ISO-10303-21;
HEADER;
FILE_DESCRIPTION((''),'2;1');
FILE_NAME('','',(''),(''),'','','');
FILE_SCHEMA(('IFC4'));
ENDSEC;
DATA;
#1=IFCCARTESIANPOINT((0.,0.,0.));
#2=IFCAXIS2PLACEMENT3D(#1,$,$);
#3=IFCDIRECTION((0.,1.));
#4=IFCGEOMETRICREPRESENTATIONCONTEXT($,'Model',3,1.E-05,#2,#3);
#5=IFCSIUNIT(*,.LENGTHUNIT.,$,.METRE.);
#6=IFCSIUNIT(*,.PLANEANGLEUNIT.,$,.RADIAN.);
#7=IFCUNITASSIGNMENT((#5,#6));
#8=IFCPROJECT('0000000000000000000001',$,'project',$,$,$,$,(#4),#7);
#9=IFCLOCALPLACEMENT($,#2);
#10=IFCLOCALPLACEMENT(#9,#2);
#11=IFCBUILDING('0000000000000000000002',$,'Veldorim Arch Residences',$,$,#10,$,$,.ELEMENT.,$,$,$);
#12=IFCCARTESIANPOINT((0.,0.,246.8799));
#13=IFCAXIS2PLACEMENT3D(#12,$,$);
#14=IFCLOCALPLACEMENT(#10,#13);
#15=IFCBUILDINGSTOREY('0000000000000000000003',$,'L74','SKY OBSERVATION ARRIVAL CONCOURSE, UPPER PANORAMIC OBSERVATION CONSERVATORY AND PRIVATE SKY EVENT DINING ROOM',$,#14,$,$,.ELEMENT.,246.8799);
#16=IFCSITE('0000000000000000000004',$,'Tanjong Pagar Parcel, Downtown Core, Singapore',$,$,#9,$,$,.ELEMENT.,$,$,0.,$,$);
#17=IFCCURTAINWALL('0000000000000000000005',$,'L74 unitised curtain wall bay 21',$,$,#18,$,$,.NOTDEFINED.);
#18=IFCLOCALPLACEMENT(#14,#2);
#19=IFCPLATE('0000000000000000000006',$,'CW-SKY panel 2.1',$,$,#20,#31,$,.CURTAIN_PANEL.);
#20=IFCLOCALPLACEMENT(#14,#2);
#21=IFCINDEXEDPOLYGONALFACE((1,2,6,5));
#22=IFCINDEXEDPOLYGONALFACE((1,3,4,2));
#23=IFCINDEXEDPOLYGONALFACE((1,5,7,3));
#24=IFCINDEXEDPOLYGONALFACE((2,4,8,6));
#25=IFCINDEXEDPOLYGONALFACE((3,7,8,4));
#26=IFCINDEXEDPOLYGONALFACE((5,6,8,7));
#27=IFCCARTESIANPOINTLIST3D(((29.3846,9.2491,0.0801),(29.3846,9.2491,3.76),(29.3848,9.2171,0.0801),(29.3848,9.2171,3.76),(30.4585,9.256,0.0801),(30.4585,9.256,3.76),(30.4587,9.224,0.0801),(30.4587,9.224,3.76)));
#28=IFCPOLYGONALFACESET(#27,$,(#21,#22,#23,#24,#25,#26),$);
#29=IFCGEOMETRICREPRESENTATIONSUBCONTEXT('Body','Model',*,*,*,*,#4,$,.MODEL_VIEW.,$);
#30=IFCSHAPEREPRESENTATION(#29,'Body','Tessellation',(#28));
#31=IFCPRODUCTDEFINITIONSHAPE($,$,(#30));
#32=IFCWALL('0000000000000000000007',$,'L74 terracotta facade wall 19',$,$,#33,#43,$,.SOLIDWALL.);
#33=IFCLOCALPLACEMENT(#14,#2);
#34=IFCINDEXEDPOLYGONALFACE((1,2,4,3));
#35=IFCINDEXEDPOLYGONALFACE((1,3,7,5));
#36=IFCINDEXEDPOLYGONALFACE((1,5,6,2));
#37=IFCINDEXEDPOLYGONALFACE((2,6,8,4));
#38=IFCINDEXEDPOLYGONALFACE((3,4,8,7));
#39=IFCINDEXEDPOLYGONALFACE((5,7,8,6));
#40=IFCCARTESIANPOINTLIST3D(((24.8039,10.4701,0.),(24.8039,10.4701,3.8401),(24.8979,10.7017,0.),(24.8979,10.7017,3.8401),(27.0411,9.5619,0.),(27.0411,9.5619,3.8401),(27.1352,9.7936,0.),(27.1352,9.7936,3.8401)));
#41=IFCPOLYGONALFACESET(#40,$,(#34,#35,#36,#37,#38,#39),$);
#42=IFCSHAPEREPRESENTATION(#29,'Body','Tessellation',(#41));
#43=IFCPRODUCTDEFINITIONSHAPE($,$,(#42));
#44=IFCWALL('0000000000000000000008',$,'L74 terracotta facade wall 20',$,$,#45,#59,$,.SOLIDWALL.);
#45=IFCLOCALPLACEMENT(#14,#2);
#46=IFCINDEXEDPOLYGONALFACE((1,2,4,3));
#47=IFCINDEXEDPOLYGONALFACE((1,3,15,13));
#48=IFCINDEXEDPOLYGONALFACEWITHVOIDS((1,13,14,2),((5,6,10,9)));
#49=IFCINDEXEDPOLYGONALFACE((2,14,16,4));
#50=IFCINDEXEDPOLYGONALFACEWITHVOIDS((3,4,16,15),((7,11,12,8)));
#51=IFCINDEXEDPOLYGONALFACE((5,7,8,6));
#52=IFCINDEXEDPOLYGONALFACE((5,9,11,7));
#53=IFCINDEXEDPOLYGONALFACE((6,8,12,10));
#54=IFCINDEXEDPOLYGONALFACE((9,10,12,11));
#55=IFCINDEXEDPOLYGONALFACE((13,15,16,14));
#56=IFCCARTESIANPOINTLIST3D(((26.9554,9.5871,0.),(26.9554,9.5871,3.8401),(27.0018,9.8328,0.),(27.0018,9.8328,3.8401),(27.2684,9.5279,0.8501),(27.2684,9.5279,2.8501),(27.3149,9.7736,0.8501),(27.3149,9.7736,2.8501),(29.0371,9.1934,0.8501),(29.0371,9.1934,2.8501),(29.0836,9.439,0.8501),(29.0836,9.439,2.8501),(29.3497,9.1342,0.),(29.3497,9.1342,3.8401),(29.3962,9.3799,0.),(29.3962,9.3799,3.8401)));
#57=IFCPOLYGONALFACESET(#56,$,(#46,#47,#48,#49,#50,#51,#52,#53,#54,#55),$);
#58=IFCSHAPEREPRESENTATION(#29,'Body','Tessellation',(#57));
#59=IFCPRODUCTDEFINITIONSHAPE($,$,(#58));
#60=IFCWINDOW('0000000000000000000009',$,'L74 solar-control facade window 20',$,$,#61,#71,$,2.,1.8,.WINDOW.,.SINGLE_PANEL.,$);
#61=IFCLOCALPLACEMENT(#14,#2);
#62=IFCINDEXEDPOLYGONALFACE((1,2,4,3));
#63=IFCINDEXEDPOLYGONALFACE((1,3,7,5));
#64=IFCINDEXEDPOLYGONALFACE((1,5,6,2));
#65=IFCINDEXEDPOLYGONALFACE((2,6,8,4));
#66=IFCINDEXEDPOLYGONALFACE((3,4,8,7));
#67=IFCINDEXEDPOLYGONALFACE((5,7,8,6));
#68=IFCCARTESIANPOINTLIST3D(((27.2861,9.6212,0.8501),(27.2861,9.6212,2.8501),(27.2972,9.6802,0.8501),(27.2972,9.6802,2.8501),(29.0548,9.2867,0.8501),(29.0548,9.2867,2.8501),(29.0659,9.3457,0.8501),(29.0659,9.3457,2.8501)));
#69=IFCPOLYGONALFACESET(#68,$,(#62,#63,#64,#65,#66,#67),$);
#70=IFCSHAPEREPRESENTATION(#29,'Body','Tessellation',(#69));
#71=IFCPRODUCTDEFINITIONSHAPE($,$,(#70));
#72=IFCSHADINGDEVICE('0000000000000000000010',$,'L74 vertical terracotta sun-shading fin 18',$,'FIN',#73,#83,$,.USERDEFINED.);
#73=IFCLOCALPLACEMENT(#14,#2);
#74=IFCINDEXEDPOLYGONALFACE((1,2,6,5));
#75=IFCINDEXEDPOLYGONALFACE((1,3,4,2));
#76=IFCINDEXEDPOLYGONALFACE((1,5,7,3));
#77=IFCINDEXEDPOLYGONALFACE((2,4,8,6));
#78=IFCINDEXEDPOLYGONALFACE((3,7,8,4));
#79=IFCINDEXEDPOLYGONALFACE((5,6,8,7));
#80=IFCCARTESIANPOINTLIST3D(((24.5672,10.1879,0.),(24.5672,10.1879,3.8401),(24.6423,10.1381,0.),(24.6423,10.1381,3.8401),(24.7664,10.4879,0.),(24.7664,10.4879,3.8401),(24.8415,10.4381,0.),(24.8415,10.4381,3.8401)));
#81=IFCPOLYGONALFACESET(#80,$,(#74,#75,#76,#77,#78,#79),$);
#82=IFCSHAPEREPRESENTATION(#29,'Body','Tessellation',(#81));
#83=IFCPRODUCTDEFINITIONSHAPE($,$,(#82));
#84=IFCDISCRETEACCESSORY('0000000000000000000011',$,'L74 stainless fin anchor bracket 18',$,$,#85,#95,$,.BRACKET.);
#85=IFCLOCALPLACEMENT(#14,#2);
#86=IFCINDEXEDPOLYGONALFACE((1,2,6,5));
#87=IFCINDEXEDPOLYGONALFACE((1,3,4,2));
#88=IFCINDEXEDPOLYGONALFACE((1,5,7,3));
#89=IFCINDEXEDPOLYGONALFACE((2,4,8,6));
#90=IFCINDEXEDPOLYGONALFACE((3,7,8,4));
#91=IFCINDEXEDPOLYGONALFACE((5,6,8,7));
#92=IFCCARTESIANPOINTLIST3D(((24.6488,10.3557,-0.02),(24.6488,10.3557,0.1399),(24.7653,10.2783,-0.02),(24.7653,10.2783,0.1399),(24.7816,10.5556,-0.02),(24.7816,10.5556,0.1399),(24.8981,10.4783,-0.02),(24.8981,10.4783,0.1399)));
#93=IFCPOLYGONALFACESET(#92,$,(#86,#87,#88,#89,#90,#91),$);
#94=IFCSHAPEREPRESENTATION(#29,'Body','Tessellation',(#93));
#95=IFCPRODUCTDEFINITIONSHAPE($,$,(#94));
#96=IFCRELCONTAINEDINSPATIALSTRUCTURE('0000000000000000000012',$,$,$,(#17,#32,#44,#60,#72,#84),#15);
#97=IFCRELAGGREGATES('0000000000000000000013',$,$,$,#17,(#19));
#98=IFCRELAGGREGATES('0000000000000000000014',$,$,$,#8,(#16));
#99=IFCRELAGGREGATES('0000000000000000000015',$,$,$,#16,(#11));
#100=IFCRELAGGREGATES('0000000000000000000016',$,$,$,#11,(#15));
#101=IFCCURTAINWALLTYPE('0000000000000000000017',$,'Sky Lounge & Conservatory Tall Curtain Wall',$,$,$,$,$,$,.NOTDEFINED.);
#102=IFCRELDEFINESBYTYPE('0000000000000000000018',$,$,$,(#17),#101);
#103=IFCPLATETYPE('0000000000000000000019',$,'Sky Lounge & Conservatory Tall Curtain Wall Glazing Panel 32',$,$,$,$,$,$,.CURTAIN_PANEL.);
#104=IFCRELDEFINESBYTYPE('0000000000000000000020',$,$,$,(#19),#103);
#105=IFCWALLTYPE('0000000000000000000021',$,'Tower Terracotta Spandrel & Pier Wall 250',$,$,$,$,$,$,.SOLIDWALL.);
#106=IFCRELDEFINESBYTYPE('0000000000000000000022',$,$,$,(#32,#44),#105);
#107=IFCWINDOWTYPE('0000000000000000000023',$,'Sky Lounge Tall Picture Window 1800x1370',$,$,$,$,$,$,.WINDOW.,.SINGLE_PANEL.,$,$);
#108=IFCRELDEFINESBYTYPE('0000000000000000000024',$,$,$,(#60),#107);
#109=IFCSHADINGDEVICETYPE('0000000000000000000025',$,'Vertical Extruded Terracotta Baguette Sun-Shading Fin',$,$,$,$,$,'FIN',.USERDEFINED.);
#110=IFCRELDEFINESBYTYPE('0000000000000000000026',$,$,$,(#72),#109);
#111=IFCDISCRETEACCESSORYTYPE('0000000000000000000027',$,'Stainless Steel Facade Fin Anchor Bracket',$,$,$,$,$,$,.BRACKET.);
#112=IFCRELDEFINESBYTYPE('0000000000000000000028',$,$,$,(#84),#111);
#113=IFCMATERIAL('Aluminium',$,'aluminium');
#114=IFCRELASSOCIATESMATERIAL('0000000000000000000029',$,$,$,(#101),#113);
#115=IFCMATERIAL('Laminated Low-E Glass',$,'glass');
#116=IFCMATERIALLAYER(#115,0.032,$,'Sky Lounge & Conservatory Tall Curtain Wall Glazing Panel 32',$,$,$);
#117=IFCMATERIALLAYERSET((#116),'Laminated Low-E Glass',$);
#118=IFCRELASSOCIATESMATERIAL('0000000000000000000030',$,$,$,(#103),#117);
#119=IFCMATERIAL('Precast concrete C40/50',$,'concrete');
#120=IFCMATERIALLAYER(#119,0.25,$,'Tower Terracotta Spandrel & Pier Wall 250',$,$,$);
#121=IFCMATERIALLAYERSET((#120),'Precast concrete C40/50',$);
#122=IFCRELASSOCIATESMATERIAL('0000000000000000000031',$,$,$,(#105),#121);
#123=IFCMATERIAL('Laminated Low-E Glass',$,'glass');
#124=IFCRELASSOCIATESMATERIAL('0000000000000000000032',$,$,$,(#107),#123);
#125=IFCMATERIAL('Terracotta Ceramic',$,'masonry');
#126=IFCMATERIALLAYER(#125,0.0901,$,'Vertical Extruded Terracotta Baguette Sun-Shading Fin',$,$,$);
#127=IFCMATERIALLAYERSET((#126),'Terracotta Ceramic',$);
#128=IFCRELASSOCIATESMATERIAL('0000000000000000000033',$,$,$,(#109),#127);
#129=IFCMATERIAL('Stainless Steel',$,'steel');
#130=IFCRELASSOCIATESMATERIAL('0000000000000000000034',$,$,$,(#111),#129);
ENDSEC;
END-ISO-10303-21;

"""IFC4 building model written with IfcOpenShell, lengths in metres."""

from ifc_helpers import new_model, si_unit, direction, frame, frame_2d, origin, origin_2d, place, context, subcontext, project, spatial, rectangle, extrude, material, layer, layer_set, type_object, element, fill, aggregate, save


model = new_model("IFC4")

# Units and contexts
model_context = context("Model", 3, precision=1e-05, world=origin(), true_north=direction((0.0, 1.0)))
body_context = subcontext(model_context, "Body", "Model", "MODEL_VIEW")
ifc_project = project(units=[si_unit("LENGTHUNIT", "METRE"), si_unit("PLANEANGLEUNIT", "RADIAN")], contexts=[model_context])

# Site, building, storey
site_placement = place(None, origin())
site = spatial("IfcSite", under=ifc_project, at=site_placement, Name="Tanjong Pagar Parcel, Downtown Core, Singapore", CompositionType="ELEMENT", RefElevation=0.0)
building_placement = place(site_placement, origin())
building = spatial("IfcBuilding", under=site, at=building_placement, Name="Veldorim Arch Residences", CompositionType="ELEMENT")
storey_placement = place(building_placement, frame((0.0, 0.0, 246.8799)))
storey = spatial("IfcBuildingStorey", under=building, at=storey_placement, Name="L74", Description="SKY OBSERVATION ARRIVAL CONCOURSE, UPPER PANORAMIC OBSERVATION CONSERVATORY AND PRIVATE SKY EVENT DINING ROOM", CompositionType="ELEMENT", Elevation=246.8799)

# Shared definitions
ifc_material_1 = material(Name="Aluminium", Category="aluminium")
curtain_wall_type = type_object("IfcCurtainWallType", Name="Sky Lounge & Conservatory Tall Curtain Wall", PredefinedType="NOTDEFINED", material=ifc_material_1)

# Curtain wall
curtain_wall_1_placement = place(storey_placement, origin())
curtain_wall_1 = element("IfcCurtainWall", 1, at=curtain_wall_1_placement, inside=storey, type_object=curtain_wall_type, Name="L74 unitised curtain wall bay 21", PredefinedType="NOTDEFINED")

# Plate
ifc_material_2 = material(Name="Laminated Low-E Glass", Category="glass")
ifc_layer_1 = layer(ifc_material_2, 0.032, Name="Sky Lounge & Conservatory Tall Curtain Wall Glazing Panel 32")
ifc_layer_set_1 = layer_set([ifc_layer_1], Name="Laminated Low-E Glass")
plate_type = type_object("IfcPlateType", Name="Sky Lounge & Conservatory Tall Curtain Wall Glazing Panel 32", PredefinedType="CURTAIN_PANEL", material=ifc_layer_set_1)
plate_1_placement = place(storey_placement, frame((29.9216, 9.2366, 0.0801), z_axis=(0.0, 0.0, 1.0), x_axis=(-0.999979, -0.006407, 0.0)))
plate_1 = element("IfcPlate", 2, at=plate_1_placement, type_object=plate_type, Name="CW-SKY panel 2.1", PredefinedType="CURTAIN_PANEL", context=body_context, shape_type="SweptSolid", body=[
    extrude(rectangle(XDim=1.074, YDim=0.032, at=origin_2d()), origin(), (0.0, 0.0, 1.0), 3.6799),
])
aggregate(curtain_wall_1, [plate_1])

# Wall
ifc_material_3 = material(Name="Precast concrete C40/50", Category="concrete")
ifc_layer_2 = layer(ifc_material_3, 0.25, Name="Tower Terracotta Spandrel & Pier Wall 250")
ifc_layer_set_2 = layer_set([ifc_layer_2], Name="Precast concrete C40/50")
wall_type = type_object("IfcWallType", Name="Tower Terracotta Spandrel & Pier Wall 250", PredefinedType="SOLIDWALL", material=ifc_layer_set_2)
wall_1_placement = place(storey_placement, frame((27.0881, 9.6777, 0.0), z_axis=(0.0, 0.0, 1.0), x_axis=(-0.926568, 0.376128, 0.0)))
element("IfcWall", 3, at=wall_1_placement, inside=storey, type_object=wall_type, Name="L74 terracotta facade wall 19", PredefinedType="SOLIDWALL", context=body_context, shape_type="SweptSolid", body=[
    extrude(rectangle(XDim=2.4146, YDim=0.25, at=frame_2d((1.2073, 0.0))), origin(), (0.0, 0.0, 1.0), 3.8401),
])

# Wall, opening, window
wall_2_placement = place(storey_placement, frame((29.3728, 9.2571, 0.0), z_axis=(0.0, 0.0, 1.0), x_axis=(-0.982577, 0.185855, 0.0)))
wall_2 = element("IfcWall", 4, at=wall_2_placement, inside=storey, type_object=wall_type, Name="L74 terracotta facade wall 20", PredefinedType="SOLIDWALL", context=body_context, shape_type="SweptSolid", body=[
    extrude(rectangle(XDim=2.4368, YDim=0.25, at=frame_2d((1.2183, 0.0))), origin(), (0.0, 0.0, 1.0), 3.8401),
])
opening_placement = place(wall_2_placement, frame((0.3181, 0.0, 0.8501)))
opening = element("IfcOpeningElement", 5, at=opening_placement, cuts=wall_2, PredefinedType="OPENING", context=body_context, shape_type="SweptSolid", body=[
    extrude(rectangle(XDim=1.8, YDim=2.0, at=frame_2d((0.8999, 1.0))), frame((0.0, 0.135, 0.0), z_axis=(0.0, -1.0, 0.0), x_axis=(1.0, 0.0, 0.0)), (0.0, 0.0, 1.0), 0.27),
])
ifc_material_4 = material(Name="Laminated Low-E Glass", Category="glass")
window_type = type_object("IfcWindowType", Name="Sky Lounge Tall Picture Window 1800x1370", PartitioningType="SINGLE_PANEL", PredefinedType="WINDOW", material=ifc_material_4)
window_placement = place(opening_placement, origin())
window = element("IfcWindow", 6, at=window_placement, inside=storey, type_object=window_type, Name="L74 solar-control facade window 20", OverallHeight=2.0, OverallWidth=1.8, PartitioningType="SINGLE_PANEL", PredefinedType="WINDOW", context=body_context, shape_type="SweptSolid", body=[
    extrude(rectangle(XDim=1.8, YDim=2.0, at=frame_2d((0.8999, 1.0))), frame((0.0, 0.03, 0.0), z_axis=(0.0, -1.0, 0.0), x_axis=(1.0, 0.0, 0.0)), (0.0, 0.0, 1.0), 0.0601),
])
fill(opening, window)

# Shading device
ifc_material_5 = material(Name="Terracotta Ceramic", Category="masonry")
ifc_layer_3 = layer(ifc_material_5, 0.0901, Name="Vertical Extruded Terracotta Baguette Sun-Shading Fin")
ifc_layer_set_3 = layer_set([ifc_layer_3], Name="Terracotta Ceramic")
shading_device_type = type_object("IfcShadingDeviceType", Name="Vertical Extruded Terracotta Baguette Sun-Shading Fin", ElementType="FIN", PredefinedType="USERDEFINED", material=ifc_layer_set_3)
shading_device_placement = place(storey_placement, frame((24.7043, 10.313, 0.0), z_axis=(0.0, 0.0, 1.0), x_axis=(-0.833018, 0.553246, 0.0)))
element("IfcShadingDevice", 7, at=shading_device_placement, inside=storey, type_object=shading_device_type, Name="L74 vertical terracotta sun-shading fin 18", ObjectType="FIN", PredefinedType="USERDEFINED", context=body_context, shape_type="SweptSolid", body=[
    extrude(rectangle(XDim=0.0901, YDim=0.3601, at=origin_2d()), origin(), (0.0, 0.0, 1.0), 3.8401),
])

# Discrete accessory
ifc_material_6 = material(Name="Stainless Steel", Category="steel")
discrete_accessory_type = type_object("IfcDiscreteAccessoryType", Name="Stainless Steel Facade Fin Anchor Bracket", PredefinedType="BRACKET", material=ifc_material_6)
discrete_accessory_placement = place(storey_placement, frame((24.7734, 10.417, -0.02), z_axis=(0.0, 0.0, 1.0), x_axis=(-0.833018, 0.553246, 0.0)))
element("IfcDiscreteAccessory", 8, at=discrete_accessory_placement, inside=storey, type_object=discrete_accessory_type, Name="L74 stainless fin anchor bracket 18", PredefinedType="BRACKET", context=body_context, shape_type="SweptSolid", body=[
    extrude(rectangle(XDim=0.1399, YDim=0.24, at=origin_2d()), origin(), (0.0, 0.0, 1.0), 0.1599),
])

save(model, "model.ifc")
